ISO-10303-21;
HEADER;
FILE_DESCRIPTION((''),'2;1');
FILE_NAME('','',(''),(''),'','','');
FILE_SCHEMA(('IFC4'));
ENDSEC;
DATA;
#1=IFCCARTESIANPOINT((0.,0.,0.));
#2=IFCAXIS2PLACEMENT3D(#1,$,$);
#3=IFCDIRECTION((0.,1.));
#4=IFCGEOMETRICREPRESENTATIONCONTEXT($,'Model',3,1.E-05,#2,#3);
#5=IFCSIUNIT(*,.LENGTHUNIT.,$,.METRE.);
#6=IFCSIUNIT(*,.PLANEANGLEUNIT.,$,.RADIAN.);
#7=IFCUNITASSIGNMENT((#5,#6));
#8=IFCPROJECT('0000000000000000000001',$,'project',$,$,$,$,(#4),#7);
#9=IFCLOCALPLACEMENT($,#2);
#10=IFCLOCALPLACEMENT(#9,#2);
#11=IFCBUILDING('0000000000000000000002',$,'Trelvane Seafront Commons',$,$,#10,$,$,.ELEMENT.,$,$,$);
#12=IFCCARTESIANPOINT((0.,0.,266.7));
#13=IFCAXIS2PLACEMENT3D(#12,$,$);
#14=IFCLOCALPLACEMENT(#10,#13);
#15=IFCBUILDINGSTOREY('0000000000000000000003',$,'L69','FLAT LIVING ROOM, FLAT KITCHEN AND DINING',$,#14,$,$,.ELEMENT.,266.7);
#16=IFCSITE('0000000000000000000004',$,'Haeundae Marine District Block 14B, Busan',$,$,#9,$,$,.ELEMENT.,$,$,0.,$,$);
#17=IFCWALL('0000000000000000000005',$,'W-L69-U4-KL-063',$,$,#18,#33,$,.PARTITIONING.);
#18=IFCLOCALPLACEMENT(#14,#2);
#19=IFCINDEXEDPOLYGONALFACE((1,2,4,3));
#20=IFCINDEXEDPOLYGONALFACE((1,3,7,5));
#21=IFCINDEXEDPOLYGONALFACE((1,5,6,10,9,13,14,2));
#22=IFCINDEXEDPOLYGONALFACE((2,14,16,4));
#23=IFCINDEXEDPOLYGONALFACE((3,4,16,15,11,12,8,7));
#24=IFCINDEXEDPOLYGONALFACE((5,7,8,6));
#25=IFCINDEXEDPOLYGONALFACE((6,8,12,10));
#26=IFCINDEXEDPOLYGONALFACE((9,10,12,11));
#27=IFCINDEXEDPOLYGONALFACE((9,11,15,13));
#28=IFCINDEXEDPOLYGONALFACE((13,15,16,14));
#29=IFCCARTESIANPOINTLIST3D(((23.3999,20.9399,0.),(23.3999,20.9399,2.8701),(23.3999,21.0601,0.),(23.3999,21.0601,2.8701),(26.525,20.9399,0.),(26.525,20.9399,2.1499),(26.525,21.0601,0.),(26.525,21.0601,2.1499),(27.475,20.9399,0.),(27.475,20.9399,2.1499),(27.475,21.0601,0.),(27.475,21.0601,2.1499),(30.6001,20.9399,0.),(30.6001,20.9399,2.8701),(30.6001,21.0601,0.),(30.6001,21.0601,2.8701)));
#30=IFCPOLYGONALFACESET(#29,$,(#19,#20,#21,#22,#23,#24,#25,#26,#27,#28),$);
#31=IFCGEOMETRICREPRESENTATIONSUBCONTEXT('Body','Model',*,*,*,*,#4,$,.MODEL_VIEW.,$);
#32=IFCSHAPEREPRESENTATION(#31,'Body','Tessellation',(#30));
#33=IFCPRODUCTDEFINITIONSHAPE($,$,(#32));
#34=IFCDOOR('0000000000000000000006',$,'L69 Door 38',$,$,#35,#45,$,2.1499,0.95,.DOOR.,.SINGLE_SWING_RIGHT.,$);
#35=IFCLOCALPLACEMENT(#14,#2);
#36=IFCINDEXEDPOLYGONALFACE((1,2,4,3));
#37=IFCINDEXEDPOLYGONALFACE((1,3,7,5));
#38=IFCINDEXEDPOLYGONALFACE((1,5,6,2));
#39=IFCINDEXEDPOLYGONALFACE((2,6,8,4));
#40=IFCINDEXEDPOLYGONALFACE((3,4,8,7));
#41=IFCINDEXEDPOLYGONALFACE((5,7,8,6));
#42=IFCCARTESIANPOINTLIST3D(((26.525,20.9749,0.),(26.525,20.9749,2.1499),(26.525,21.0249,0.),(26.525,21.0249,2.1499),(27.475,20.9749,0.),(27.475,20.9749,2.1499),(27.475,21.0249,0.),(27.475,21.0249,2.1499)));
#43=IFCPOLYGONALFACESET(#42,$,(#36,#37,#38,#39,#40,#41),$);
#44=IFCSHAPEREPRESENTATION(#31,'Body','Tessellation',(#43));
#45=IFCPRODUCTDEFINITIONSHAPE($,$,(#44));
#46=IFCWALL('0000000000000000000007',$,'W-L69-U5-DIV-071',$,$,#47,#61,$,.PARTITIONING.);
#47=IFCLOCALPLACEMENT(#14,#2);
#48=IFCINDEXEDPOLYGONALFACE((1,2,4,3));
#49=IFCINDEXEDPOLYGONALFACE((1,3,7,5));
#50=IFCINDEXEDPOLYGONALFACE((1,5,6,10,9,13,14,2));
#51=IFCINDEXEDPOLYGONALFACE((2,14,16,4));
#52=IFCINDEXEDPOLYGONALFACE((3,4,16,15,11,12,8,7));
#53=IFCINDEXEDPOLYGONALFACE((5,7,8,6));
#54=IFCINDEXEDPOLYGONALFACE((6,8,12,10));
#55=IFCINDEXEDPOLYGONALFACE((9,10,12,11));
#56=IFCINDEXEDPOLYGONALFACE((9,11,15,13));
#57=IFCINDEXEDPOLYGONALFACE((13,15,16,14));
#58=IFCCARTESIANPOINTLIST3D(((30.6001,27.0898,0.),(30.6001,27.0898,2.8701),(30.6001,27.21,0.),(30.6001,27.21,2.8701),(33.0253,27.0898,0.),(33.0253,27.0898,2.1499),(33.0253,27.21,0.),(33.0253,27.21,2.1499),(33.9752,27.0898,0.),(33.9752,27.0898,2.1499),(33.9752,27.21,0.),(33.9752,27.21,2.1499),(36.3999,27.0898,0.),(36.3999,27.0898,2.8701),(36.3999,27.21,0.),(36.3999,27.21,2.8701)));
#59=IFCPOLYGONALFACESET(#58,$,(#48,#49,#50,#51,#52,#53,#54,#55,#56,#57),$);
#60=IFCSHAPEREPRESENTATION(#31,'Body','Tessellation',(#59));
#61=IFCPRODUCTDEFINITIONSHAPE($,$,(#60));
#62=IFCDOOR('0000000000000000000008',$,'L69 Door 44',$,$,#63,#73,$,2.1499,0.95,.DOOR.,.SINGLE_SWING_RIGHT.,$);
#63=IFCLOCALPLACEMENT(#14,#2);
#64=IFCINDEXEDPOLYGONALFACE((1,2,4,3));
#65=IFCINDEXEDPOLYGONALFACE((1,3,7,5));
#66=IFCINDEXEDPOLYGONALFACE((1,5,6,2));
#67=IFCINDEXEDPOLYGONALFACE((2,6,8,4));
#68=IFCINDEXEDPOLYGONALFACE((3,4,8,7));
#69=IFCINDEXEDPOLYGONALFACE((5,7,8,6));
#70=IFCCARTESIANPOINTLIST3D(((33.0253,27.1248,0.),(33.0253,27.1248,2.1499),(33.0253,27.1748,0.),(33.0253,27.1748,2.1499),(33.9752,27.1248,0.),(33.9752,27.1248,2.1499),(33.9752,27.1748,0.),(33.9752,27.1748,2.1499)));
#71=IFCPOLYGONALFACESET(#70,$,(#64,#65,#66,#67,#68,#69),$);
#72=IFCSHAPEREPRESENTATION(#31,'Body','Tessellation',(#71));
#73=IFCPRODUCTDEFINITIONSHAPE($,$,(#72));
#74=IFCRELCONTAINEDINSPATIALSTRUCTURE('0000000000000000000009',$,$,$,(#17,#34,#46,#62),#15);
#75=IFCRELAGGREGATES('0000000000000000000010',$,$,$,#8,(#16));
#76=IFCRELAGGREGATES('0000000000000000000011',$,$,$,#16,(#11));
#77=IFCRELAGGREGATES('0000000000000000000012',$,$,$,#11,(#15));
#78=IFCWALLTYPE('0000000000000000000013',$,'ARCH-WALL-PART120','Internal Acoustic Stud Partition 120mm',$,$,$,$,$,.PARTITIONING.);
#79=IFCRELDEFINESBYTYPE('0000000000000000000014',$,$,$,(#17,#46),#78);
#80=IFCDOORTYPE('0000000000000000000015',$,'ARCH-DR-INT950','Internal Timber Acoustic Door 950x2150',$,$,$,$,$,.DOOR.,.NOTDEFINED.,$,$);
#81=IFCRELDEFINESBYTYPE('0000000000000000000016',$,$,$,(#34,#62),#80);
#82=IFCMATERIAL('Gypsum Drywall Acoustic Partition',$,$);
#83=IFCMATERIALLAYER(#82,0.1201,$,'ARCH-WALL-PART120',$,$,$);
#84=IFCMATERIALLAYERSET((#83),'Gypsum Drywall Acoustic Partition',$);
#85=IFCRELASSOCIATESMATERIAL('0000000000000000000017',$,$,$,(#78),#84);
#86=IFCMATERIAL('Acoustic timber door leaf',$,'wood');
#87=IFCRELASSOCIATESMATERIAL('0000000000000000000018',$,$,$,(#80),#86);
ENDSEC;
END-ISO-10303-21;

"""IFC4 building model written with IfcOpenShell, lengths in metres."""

from ifc_helpers import new_model, si_unit, direction, frame, frame_2d, origin, place, context, subcontext, project, spatial, rectangle, extrude, source, transform, mapped, material, layer, layer_set, type_object, element, fill, save


model = new_model("IFC4")

# Units and contexts
model_context = context("Model", 3, precision=1e-05, world=origin(), true_north=direction((0.0, 1.0)))
body_context = subcontext(model_context, "Body", "Model", "MODEL_VIEW")
ifc_project = project(units=[si_unit("LENGTHUNIT", "METRE"), si_unit("PLANEANGLEUNIT", "RADIAN")], contexts=[model_context])

# Site, building, storey
site_placement = place(None, origin())
site = spatial("IfcSite", under=ifc_project, at=site_placement, Name="Haeundae Marine District Block 14B, Busan", CompositionType="ELEMENT", RefElevation=0.0)
building_placement = place(site_placement, origin())
building = spatial("IfcBuilding", under=site, at=building_placement, Name="Trelvane Seafront Commons", CompositionType="ELEMENT")
storey_placement = place(building_placement, frame((0.0, 0.0, 266.7)))
storey = spatial("IfcBuildingStorey", under=building, at=storey_placement, Name="L69", Description="FLAT LIVING ROOM, FLAT KITCHEN AND DINING", CompositionType="ELEMENT", Elevation=266.7)

# Walls, openings, doors
ifc_material_1 = material(Name="Gypsum Drywall Acoustic Partition")
ifc_layer = layer(ifc_material_1, 0.1201, Name="ARCH-WALL-PART120")
ifc_layer_set = layer_set([ifc_layer], Name="Gypsum Drywall Acoustic Partition")
wall_type = type_object("IfcWallType", Name="ARCH-WALL-PART120", Description="Internal Acoustic Stud Partition 120mm", PredefinedType="PARTITIONING", material=ifc_layer_set)
ifc_material_2 = material(Name="Acoustic timber door leaf", Category="wood")
door_type = type_object("IfcDoorType", Name="ARCH-DR-INT950", Description="Internal Timber Acoustic Door 950x2150", OperationType="NOTDEFINED", PredefinedType="DOOR", material=ifc_material_2)
shared_shape_1 = source(origin(), body_context, "Body", "SweptSolid", [
    extrude(rectangle(XDim=0.95, YDim=2.1499, at=frame_2d((0.4751, 1.075))), frame((0.0, 0.0249, 0.0), z_axis=(0.0, -1.0, 0.0), x_axis=(1.0, 0.0, 0.0)), (0.0, 0.0, 1.0), 0.05),
])
wall_1_placement = place(storey_placement, frame((23.3999, 21.0, 0.0), z_axis=(0.0, 0.0, 1.0), x_axis=(1.0, 0.0, 0.0)))
wall_1 = element("IfcWall", 1, at=wall_1_placement, inside=storey, type_object=wall_type, Name="W-L69-U4-KL-063", PredefinedType="PARTITIONING", context=body_context, shape_type="SweptSolid", body=[
    extrude(rectangle(XDim=7.2002, YDim=0.1201, at=frame_2d((3.6001, 0.0))), origin(), (0.0, 0.0, 1.0), 2.8701),
])
opening_1_placement = place(wall_1_placement, frame((3.125, 0.0, 0.0)))
opening_1 = element("IfcOpeningElement", 2, at=opening_1_placement, cuts=wall_1, PredefinedType="OPENING", context=body_context, shape_type="SweptSolid", body=[
    extrude(rectangle(XDim=0.95, YDim=2.1499, at=frame_2d((0.4751, 1.075))), frame((0.0, 0.0701, 0.0), z_axis=(0.0, -1.0, 0.0), x_axis=(1.0, 0.0, 0.0)), (0.0, 0.0, 1.0), 0.1401),
])
door_1_placement = place(opening_1_placement, origin())
door_1 = element("IfcDoor", 3, at=door_1_placement, inside=storey, type_object=door_type, Name="L69 Door 38", OperationType="SINGLE_SWING_RIGHT", OverallHeight=2.1499, OverallWidth=0.95, PredefinedType="DOOR", context=body_context, shape_type="MappedRepresentation", body=[
    mapped(shared_shape_1, transform((0.0, 0.0, 0.0), x_axis=(1.0, 0.0, 0.0), y_axis=(0.0, 1.0, 0.0), z_axis=(0.0, 0.0, 1.0), scale=1.0)),
])
fill(opening_1, door_1)
wall_2_placement = place(storey_placement, frame((30.6001, 27.1499, 0.0), z_axis=(0.0, 0.0, 1.0), x_axis=(1.0, 0.0, 0.0)))
wall_2 = element("IfcWall", 4, at=wall_2_placement, inside=storey, type_object=wall_type, Name="W-L69-U5-DIV-071", PredefinedType="PARTITIONING", context=body_context, shape_type="SweptSolid", body=[
    extrude(rectangle(XDim=5.7998, YDim=0.1201, at=frame_2d((2.8999, 0.0))), origin(), (0.0, 0.0, 1.0), 2.8701),
])
opening_2_placement = place(wall_2_placement, frame((2.425, 0.0, 0.0)))
opening_2 = element("IfcOpeningElement", 5, at=opening_2_placement, cuts=wall_2, PredefinedType="OPENING", context=body_context, shape_type="SweptSolid", body=[
    extrude(rectangle(XDim=0.95, YDim=2.1499, at=frame_2d((0.4751, 1.075))), frame((0.0, 0.0701, 0.0), z_axis=(0.0, -1.0, 0.0), x_axis=(1.0, 0.0, 0.0)), (0.0, 0.0, 1.0), 0.1401),
])
door_2_placement = place(opening_2_placement, origin())
door_2 = element("IfcDoor", 6, at=door_2_placement, inside=storey, type_object=door_type, Name="L69 Door 44", OperationType="SINGLE_SWING_RIGHT", OverallHeight=2.1499, OverallWidth=0.95, PredefinedType="DOOR", context=body_context, shape_type="MappedRepresentation", body=[
    mapped(shared_shape_1, transform((0.0, 0.0, 0.0), x_axis=(1.0, 0.0, 0.0), y_axis=(0.0, 1.0, 0.0), z_axis=(0.0, 0.0, 1.0), scale=1.0)),
])
fill(opening_2, door_2)

save(model, "model.ifc")
